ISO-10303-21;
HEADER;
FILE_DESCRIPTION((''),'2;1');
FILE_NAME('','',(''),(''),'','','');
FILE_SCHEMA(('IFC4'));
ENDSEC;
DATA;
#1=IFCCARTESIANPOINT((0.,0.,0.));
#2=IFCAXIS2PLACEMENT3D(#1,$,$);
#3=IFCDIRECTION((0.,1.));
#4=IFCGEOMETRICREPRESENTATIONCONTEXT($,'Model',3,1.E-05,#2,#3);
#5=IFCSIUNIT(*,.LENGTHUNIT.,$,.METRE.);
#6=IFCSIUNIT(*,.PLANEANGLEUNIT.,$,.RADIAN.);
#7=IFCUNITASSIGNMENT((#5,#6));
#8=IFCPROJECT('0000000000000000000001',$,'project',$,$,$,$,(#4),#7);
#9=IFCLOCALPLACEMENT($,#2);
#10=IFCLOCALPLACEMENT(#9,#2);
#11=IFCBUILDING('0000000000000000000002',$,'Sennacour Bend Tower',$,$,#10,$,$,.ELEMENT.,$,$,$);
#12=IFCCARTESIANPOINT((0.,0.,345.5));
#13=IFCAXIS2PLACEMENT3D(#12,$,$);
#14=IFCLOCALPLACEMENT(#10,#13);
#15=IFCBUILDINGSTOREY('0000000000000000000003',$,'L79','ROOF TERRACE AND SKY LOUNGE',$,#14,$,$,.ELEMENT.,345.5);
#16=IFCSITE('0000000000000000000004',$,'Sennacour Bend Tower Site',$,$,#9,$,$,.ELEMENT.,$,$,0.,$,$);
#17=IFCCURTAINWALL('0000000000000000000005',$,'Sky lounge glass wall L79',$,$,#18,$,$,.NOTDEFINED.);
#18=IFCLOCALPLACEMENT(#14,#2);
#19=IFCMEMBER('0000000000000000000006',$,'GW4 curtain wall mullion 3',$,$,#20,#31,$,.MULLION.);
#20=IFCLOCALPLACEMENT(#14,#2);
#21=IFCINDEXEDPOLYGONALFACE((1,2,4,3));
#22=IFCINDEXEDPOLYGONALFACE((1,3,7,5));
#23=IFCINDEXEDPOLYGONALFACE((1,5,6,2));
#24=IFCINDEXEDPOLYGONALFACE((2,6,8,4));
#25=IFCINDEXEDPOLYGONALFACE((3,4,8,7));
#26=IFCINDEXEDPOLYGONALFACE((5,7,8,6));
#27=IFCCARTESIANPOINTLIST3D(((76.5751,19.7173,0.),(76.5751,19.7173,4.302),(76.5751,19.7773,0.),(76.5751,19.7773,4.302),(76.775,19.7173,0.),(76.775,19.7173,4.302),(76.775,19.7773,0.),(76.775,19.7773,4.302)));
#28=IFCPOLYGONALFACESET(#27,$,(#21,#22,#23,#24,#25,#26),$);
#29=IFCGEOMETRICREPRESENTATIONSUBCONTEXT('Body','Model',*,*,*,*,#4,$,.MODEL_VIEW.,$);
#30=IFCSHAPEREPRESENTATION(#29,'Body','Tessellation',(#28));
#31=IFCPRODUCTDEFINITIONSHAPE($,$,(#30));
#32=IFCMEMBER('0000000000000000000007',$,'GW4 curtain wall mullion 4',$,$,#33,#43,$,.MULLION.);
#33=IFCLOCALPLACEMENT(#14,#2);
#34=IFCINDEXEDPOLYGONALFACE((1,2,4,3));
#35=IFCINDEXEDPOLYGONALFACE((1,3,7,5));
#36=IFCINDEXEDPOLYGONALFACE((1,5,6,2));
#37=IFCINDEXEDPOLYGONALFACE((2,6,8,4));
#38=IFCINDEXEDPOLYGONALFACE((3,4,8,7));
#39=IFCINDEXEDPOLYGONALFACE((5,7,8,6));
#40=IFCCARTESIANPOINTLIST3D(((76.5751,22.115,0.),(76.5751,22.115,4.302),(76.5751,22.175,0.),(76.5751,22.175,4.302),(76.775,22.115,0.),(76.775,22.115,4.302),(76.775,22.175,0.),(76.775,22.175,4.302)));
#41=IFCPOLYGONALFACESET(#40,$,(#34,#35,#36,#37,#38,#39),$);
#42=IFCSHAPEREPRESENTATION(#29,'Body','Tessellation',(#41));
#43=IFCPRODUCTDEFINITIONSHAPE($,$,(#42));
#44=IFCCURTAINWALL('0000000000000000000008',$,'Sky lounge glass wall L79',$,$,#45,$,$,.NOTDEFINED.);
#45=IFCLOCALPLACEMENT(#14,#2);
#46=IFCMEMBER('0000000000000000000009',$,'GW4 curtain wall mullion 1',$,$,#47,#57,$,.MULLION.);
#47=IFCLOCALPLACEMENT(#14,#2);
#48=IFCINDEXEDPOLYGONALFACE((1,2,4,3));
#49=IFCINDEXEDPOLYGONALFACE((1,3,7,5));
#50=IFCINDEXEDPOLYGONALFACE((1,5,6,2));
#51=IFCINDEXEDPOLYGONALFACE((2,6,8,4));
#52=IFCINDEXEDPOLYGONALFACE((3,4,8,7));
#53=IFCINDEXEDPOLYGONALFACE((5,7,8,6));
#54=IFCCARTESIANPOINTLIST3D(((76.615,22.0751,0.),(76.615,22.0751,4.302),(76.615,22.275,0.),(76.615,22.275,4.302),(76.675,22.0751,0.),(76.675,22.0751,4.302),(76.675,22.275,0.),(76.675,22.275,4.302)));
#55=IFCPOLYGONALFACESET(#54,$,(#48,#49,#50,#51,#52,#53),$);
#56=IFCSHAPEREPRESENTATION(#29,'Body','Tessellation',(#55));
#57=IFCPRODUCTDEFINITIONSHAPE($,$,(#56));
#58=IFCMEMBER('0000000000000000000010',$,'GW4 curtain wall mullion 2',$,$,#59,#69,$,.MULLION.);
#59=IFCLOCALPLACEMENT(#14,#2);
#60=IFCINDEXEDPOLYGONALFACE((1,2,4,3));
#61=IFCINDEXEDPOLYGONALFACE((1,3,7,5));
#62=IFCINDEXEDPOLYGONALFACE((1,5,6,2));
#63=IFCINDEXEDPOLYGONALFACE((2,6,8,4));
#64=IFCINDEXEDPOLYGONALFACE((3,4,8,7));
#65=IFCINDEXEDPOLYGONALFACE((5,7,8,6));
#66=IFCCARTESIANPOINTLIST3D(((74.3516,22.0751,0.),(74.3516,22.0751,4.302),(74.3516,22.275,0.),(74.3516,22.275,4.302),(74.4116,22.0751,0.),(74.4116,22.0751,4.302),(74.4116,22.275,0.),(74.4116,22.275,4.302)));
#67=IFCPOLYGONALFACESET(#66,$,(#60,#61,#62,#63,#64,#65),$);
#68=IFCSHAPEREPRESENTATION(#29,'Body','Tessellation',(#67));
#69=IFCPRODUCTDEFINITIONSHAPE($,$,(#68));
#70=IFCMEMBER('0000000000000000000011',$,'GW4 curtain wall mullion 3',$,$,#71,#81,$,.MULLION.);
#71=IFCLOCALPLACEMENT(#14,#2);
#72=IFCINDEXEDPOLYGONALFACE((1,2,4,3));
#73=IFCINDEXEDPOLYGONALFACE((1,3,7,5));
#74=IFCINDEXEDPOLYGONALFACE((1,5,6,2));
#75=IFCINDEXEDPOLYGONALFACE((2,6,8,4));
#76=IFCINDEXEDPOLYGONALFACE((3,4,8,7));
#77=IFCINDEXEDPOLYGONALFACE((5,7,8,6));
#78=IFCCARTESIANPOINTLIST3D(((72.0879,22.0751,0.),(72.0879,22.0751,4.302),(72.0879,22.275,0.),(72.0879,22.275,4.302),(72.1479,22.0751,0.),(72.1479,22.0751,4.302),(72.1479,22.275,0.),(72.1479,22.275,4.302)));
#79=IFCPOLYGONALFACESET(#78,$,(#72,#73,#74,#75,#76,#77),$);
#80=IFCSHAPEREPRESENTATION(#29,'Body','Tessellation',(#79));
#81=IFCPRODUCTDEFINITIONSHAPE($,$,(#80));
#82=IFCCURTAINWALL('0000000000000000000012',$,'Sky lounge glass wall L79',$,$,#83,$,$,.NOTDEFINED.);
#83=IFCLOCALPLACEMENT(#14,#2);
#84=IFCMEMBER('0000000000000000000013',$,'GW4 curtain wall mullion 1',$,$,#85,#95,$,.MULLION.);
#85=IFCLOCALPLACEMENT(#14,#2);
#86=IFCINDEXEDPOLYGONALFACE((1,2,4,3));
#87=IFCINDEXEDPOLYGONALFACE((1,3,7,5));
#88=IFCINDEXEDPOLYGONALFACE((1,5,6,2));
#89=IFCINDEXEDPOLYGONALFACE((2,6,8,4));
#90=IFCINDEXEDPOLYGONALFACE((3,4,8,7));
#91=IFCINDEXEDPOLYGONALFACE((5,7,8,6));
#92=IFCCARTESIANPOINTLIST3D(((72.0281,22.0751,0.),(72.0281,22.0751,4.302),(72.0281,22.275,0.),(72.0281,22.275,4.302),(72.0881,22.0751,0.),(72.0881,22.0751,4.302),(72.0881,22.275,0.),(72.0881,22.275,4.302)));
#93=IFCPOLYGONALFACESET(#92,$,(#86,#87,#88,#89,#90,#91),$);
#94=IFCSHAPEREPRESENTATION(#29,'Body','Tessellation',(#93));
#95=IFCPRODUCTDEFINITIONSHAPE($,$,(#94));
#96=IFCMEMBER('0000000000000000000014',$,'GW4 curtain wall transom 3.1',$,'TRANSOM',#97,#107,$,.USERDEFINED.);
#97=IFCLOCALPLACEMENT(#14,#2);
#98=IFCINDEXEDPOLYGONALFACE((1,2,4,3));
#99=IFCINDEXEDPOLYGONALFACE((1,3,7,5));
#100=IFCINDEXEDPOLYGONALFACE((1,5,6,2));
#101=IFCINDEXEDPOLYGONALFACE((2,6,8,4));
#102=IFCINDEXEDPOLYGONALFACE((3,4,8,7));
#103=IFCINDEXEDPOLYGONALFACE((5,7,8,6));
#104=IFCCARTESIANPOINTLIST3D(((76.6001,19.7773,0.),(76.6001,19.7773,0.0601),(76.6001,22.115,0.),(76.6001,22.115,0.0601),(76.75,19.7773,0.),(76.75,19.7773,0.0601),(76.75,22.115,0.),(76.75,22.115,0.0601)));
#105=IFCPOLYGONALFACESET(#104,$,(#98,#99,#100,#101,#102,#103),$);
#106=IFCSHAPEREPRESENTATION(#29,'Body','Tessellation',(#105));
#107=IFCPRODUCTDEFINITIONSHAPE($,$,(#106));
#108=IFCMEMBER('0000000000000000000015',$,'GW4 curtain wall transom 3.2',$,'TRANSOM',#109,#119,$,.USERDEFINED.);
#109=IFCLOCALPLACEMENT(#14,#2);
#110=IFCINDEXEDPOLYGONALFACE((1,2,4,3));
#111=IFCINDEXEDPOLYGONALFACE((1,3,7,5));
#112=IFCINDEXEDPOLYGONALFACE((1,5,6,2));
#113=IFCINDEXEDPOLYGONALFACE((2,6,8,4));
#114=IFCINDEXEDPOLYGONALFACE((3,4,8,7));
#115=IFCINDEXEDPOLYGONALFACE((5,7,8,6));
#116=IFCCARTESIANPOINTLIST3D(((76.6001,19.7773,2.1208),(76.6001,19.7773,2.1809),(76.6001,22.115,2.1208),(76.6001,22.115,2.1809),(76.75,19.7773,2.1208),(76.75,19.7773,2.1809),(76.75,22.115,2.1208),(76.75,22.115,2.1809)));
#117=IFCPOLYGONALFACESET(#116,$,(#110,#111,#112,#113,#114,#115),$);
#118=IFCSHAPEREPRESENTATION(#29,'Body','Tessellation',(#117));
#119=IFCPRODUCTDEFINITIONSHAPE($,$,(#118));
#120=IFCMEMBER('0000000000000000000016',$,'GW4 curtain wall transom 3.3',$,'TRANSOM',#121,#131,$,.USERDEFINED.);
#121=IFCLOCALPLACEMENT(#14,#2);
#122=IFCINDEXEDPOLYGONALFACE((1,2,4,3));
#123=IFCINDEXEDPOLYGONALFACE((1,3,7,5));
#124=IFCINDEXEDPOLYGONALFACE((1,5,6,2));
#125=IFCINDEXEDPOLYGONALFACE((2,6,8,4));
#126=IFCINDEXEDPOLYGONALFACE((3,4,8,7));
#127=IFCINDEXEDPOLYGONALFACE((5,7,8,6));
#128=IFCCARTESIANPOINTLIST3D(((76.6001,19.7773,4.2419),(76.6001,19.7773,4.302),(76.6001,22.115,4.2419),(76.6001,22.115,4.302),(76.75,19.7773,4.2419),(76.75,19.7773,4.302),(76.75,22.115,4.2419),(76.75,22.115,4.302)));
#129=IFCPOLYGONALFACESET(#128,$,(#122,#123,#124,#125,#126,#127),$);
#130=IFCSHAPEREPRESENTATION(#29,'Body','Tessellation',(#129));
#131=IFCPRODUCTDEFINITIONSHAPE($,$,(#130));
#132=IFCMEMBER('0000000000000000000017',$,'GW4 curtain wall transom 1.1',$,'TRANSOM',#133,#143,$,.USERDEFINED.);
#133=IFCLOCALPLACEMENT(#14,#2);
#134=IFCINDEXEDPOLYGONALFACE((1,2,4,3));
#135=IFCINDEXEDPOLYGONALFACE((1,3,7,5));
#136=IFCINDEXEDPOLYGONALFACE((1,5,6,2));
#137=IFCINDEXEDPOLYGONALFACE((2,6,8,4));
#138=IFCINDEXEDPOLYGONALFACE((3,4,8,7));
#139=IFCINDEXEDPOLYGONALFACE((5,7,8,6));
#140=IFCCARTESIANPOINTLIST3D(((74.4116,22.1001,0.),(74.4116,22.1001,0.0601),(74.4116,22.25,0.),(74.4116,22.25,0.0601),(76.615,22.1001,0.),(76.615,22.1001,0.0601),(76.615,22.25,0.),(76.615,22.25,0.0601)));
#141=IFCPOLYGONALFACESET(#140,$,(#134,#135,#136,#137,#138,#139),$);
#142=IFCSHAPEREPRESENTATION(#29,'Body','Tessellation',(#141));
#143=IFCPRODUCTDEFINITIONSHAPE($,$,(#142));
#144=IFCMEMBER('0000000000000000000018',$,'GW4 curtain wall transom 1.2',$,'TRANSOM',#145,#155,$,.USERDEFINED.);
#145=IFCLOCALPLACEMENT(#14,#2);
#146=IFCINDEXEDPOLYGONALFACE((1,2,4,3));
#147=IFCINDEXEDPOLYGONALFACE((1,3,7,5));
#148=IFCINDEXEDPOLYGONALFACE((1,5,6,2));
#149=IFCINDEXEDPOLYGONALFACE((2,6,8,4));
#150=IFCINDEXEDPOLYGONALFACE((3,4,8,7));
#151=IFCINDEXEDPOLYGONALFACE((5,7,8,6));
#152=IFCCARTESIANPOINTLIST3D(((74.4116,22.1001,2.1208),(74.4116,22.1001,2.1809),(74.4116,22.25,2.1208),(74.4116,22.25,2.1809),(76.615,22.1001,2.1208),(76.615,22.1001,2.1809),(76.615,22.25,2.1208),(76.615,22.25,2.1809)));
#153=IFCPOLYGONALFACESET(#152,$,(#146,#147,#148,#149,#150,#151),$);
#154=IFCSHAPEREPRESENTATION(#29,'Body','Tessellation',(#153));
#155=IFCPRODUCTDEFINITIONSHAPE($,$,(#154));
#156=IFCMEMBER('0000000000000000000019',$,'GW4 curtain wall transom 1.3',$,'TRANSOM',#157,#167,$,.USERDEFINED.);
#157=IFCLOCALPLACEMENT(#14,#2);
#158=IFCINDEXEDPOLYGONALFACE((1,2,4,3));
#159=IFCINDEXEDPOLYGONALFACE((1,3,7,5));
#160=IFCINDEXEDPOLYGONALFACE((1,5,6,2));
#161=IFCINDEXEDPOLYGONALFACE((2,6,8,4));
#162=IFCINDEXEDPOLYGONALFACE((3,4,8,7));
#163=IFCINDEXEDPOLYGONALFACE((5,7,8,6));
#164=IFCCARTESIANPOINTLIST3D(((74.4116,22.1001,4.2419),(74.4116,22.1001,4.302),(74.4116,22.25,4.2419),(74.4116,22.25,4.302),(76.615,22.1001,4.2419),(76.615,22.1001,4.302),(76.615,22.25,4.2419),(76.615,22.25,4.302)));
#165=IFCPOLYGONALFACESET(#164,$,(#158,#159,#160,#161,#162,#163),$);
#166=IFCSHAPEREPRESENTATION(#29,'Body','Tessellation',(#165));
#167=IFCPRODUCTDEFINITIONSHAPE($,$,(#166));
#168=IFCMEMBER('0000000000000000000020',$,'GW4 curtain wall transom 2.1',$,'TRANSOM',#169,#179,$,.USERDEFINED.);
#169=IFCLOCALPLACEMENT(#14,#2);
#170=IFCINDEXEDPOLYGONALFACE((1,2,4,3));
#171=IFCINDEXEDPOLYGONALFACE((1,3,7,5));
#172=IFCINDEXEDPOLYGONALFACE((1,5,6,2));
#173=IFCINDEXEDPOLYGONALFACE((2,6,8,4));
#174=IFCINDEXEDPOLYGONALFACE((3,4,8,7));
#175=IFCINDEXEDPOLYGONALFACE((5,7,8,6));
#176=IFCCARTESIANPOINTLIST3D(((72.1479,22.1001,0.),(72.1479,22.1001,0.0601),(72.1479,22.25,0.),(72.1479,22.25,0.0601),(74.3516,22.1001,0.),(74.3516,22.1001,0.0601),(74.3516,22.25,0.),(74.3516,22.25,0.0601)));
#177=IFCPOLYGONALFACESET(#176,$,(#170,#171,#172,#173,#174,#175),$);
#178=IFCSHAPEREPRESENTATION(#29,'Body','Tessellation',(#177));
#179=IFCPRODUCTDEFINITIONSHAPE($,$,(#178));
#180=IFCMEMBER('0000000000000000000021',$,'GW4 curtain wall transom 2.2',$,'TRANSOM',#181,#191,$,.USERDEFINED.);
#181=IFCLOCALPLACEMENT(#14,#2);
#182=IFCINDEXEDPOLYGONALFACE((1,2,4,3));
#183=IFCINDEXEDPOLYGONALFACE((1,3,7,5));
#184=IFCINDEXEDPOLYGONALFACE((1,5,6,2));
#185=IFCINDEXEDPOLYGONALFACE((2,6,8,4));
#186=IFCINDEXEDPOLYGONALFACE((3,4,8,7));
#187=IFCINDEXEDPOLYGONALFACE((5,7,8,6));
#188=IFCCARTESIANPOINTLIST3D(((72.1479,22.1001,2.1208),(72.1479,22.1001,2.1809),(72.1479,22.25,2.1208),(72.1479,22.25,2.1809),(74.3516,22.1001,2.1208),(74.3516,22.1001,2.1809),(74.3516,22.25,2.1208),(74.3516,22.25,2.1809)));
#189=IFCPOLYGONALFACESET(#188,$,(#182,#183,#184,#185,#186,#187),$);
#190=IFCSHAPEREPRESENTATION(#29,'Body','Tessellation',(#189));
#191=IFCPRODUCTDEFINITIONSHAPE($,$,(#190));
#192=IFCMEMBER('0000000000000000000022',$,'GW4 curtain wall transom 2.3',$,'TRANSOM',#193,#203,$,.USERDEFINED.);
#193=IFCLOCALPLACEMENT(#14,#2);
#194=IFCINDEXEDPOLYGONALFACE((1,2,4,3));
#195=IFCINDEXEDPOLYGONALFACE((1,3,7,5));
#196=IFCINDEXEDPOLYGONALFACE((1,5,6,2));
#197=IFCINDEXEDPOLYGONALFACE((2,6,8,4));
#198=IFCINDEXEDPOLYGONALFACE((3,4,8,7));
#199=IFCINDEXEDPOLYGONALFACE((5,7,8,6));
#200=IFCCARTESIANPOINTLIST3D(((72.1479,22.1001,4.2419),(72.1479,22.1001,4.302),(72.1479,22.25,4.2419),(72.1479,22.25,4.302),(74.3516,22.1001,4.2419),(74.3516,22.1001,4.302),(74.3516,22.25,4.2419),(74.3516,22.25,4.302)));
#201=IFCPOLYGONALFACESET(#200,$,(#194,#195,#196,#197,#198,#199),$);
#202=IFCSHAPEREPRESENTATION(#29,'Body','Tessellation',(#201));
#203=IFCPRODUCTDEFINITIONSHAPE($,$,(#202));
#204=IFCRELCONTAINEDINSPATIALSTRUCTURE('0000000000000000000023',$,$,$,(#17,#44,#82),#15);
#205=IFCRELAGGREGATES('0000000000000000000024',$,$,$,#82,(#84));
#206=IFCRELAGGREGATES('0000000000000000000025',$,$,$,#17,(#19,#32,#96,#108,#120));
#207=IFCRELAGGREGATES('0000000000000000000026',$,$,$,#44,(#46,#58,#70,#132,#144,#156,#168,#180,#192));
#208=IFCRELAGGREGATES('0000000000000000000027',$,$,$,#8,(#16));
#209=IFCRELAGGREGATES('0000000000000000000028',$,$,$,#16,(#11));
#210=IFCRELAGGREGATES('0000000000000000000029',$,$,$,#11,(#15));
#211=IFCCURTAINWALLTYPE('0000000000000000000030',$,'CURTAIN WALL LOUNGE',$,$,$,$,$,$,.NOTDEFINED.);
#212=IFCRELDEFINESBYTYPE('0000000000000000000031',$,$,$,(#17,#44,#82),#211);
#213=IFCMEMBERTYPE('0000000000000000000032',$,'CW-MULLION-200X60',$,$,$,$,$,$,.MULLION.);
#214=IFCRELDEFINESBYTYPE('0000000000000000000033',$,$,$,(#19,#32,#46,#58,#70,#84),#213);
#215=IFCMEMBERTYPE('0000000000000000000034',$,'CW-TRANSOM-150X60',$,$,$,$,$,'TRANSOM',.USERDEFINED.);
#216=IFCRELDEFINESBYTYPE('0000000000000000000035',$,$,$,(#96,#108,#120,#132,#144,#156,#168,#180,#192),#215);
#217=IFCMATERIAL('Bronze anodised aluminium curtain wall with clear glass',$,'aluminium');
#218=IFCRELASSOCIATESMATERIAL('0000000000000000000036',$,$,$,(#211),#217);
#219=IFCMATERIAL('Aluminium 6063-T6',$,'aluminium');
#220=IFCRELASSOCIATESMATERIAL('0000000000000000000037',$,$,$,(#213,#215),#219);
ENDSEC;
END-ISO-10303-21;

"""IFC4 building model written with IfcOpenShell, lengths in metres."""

from ifc_helpers import new_model, si_unit, direction, frame, origin, origin_2d, place, context, subcontext, project, spatial, rectangle, extrude, material, material_profile, profile_set, type_object, element, aggregate, save


model = new_model("IFC4")

# Units and contexts
model_context = context("Model", 3, precision=1e-05, world=origin(), true_north=direction((0.0, 1.0)))
body_context = subcontext(model_context, "Body", "Model", "MODEL_VIEW")
ifc_project = project(units=[si_unit("LENGTHUNIT", "METRE"), si_unit("PLANEANGLEUNIT", "RADIAN")], contexts=[model_context])

# Site, building, storey
site_placement = place(None, origin())
site = spatial("IfcSite", under=ifc_project, at=site_placement, Name="Sennacour Bend Tower Site", CompositionType="ELEMENT", RefElevation=0.0)
building_placement = place(site_placement, origin())
building = spatial("IfcBuilding", under=site, at=building_placement, Name="Sennacour Bend Tower", CompositionType="ELEMENT")
storey_placement = place(building_placement, frame((0.0, 0.0, 345.5)))
storey = spatial("IfcBuildingStorey", under=building, at=storey_placement, Name="L79", Description="ROOF TERRACE AND SKY LOUNGE", CompositionType="ELEMENT", Elevation=345.5)

# Curtain walls, members
ifc_material_1 = material(Name="Bronze anodised aluminium curtain wall with clear glass", Category="aluminium")
curtain_wall_type = type_object("IfcCurtainWallType", Name="CURTAIN WALL LOUNGE", PredefinedType="NOTDEFINED", material=ifc_material_1)
curtain_wall_1_placement = place(storey_placement, origin())
curtain_wall_1 = element("IfcCurtainWall", 1, at=curtain_wall_1_placement, inside=storey, type_object=curtain_wall_type, Name="Sky lounge glass wall L79", PredefinedType="NOTDEFINED")
ifc_material_2 = material(Name="Aluminium 6063-T6", Category="aluminium")
ifc_material_profile_1 = material_profile(ifc_material_2, rectangle(XDim=0.2, YDim=0.0601, at=origin_2d()), Name="Aluminium 6063-T6", Category="aluminium")
ifc_profile_set_1 = profile_set([ifc_material_profile_1], Name="Aluminium 6063-T6")
member_type_1 = type_object("IfcMemberType", Name="CW-MULLION-200X60", PredefinedType="MULLION", material=ifc_profile_set_1)
member_1_placement = place(storey_placement, frame((76.675, 19.7473, 0.0), z_axis=(0.0, 0.0, 1.0), x_axis=(-1.0, 0.0, 0.0)))
member_1 = element("IfcMember", 2, at=member_1_placement, type_object=member_type_1, Name="GW4 curtain wall mullion 3", PredefinedType="MULLION", context=body_context, shape_type="SweptSolid", body=[
    extrude(rectangle(XDim=0.2, YDim=0.0601, at=origin_2d()), origin(), (0.0, 0.0, 1.0), 4.302),
])
member_2_placement = place(storey_placement, frame((76.675, 22.145, 0.0), z_axis=(0.0, 0.0, 1.0), x_axis=(-1.0, 0.0, 0.0)))
member_2 = element("IfcMember", 3, at=member_2_placement, type_object=member_type_1, Name="GW4 curtain wall mullion 4", PredefinedType="MULLION", context=body_context, shape_type="SweptSolid", body=[
    extrude(rectangle(XDim=0.2, YDim=0.0601, at=origin_2d()), origin(), (0.0, 0.0, 1.0), 4.302),
])
curtain_wall_2_placement = place(storey_placement, origin())
curtain_wall_2 = element("IfcCurtainWall", 4, at=curtain_wall_2_placement, inside=storey, type_object=curtain_wall_type, Name="Sky lounge glass wall L79", PredefinedType="NOTDEFINED")
member_3_placement = place(storey_placement, frame((76.645, 22.175, 0.0), z_axis=(0.0, 0.0, 1.0), x_axis=(0.0, -1.0, 0.0)))
member_3 = element("IfcMember", 5, at=member_3_placement, type_object=member_type_1, Name="GW4 curtain wall mullion 1", PredefinedType="MULLION", context=body_context, shape_type="SweptSolid", body=[
    extrude(rectangle(XDim=0.2, YDim=0.0601, at=origin_2d()), origin(), (0.0, 0.0, 1.0), 4.302),
])
member_4_placement = place(storey_placement, frame((74.3816, 22.175, 0.0), z_axis=(0.0, 0.0, 1.0), x_axis=(0.0, -1.0, 0.0)))
member_4 = element("IfcMember", 6, at=member_4_placement, type_object=member_type_1, Name="GW4 curtain wall mullion 2", PredefinedType="MULLION", context=body_context, shape_type="SweptSolid", body=[
    extrude(rectangle(XDim=0.2, YDim=0.0601, at=origin_2d()), origin(), (0.0, 0.0, 1.0), 4.302),
])
member_5_placement = place(storey_placement, frame((72.1179, 22.175, 0.0), z_axis=(0.0, 0.0, 1.0), x_axis=(0.0, -1.0, 0.0)))
member_5 = element("IfcMember", 7, at=member_5_placement, type_object=member_type_1, Name="GW4 curtain wall mullion 3", PredefinedType="MULLION", context=body_context, shape_type="SweptSolid", body=[
    extrude(rectangle(XDim=0.2, YDim=0.0601, at=origin_2d()), origin(), (0.0, 0.0, 1.0), 4.302),
])

# Curtain wall, member
curtain_wall_3_placement = place(storey_placement, origin())
curtain_wall_3 = element("IfcCurtainWall", 8, at=curtain_wall_3_placement, inside=storey, type_object=curtain_wall_type, Name="Sky lounge glass wall L79", PredefinedType="NOTDEFINED")
member_6_placement = place(storey_placement, frame((72.0581, 22.175, 0.0), z_axis=(0.0, 0.0, 1.0), x_axis=(0.0, -1.0, 0.0)))
member_6 = element("IfcMember", 9, at=member_6_placement, type_object=member_type_1, Name="GW4 curtain wall mullion 1", PredefinedType="MULLION", context=body_context, shape_type="SweptSolid", body=[
    extrude(rectangle(XDim=0.2, YDim=0.0601, at=origin_2d()), origin(), (0.0, 0.0, 1.0), 4.302),
])

# Members
ifc_material_profile_2 = material_profile(ifc_material_2, rectangle(XDim=0.1499, YDim=0.0601, at=origin_2d()), Name="Aluminium 6063-T6", Category="aluminium")
ifc_profile_set_2 = profile_set([ifc_material_profile_2], Name="Aluminium 6063-T6")
member_type_2 = type_object("IfcMemberType", Name="CW-TRANSOM-150X60", ElementType="TRANSOM", PredefinedType="USERDEFINED", material=ifc_profile_set_2)
member_7_placement = place(storey_placement, frame((76.675, 19.7773, 0.03), z_axis=(0.0, 1.0, 0.0), x_axis=(-1.0, 0.0, 0.0)))
member_7 = element("IfcMember", 10, at=member_7_placement, type_object=member_type_2, Name="GW4 curtain wall transom 3.1", ObjectType="TRANSOM", PredefinedType="USERDEFINED", context=body_context, shape_type="SweptSolid", body=[
    extrude(rectangle(XDim=0.1499, YDim=0.0601, at=origin_2d()), origin(), (0.0, 0.0, 1.0), 2.3376),
])
member_8_placement = place(storey_placement, frame((76.675, 19.7773, 2.1509), z_axis=(0.0, 1.0, 0.0), x_axis=(-1.0, 0.0, 0.0)))
member_8 = element("IfcMember", 11, at=member_8_placement, type_object=member_type_2, Name="GW4 curtain wall transom 3.2", ObjectType="TRANSOM", PredefinedType="USERDEFINED", context=body_context, shape_type="SweptSolid", body=[
    extrude(rectangle(XDim=0.1499, YDim=0.0601, at=origin_2d()), origin(), (0.0, 0.0, 1.0), 2.3376),
])
member_9_placement = place(storey_placement, frame((76.675, 19.7773, 4.272), z_axis=(0.0, 1.0, 0.0), x_axis=(-1.0, 0.0, 0.0)))
member_9 = element("IfcMember", 12, at=member_9_placement, type_object=member_type_2, Name="GW4 curtain wall transom 3.3", ObjectType="TRANSOM", PredefinedType="USERDEFINED", context=body_context, shape_type="SweptSolid", body=[
    extrude(rectangle(XDim=0.1499, YDim=0.0601, at=origin_2d()), origin(), (0.0, 0.0, 1.0), 2.3376),
])
member_10_placement = place(storey_placement, frame((76.615, 22.175, 0.03), z_axis=(-1.0, 0.0, 0.0), x_axis=(0.0, -1.0, 0.0)))
member_10 = element("IfcMember", 13, at=member_10_placement, type_object=member_type_2, Name="GW4 curtain wall transom 1.1", ObjectType="TRANSOM", PredefinedType="USERDEFINED", context=body_context, shape_type="SweptSolid", body=[
    extrude(rectangle(XDim=0.1499, YDim=0.0601, at=origin_2d()), origin(), (0.0, 0.0, 1.0), 2.2034),
])
member_11_placement = place(storey_placement, frame((76.615, 22.175, 2.1509), z_axis=(-1.0, 0.0, 0.0), x_axis=(0.0, -1.0, 0.0)))
member_11 = element("IfcMember", 14, at=member_11_placement, type_object=member_type_2, Name="GW4 curtain wall transom 1.2", ObjectType="TRANSOM", PredefinedType="USERDEFINED", context=body_context, shape_type="SweptSolid", body=[
    extrude(rectangle(XDim=0.1499, YDim=0.0601, at=origin_2d()), origin(), (0.0, 0.0, 1.0), 2.2034),
])
member_12_placement = place(storey_placement, frame((76.615, 22.175, 4.272), z_axis=(-1.0, 0.0, 0.0), x_axis=(0.0, -1.0, 0.0)))
member_12 = element("IfcMember", 15, at=member_12_placement, type_object=member_type_2, Name="GW4 curtain wall transom 1.3", ObjectType="TRANSOM", PredefinedType="USERDEFINED", context=body_context, shape_type="SweptSolid", body=[
    extrude(rectangle(XDim=0.1499, YDim=0.0601, at=origin_2d()), origin(), (0.0, 0.0, 1.0), 2.2034),
])
member_13_placement = place(storey_placement, frame((74.3516, 22.175, 0.03), z_axis=(-1.0, 0.0, 0.0), x_axis=(0.0, -1.0, 0.0)))
member_13 = element("IfcMember", 16, at=member_13_placement, type_object=member_type_2, Name="GW4 curtain wall transom 2.1", ObjectType="TRANSOM", PredefinedType="USERDEFINED", context=body_context, shape_type="SweptSolid", body=[
    extrude(rectangle(XDim=0.1499, YDim=0.0601, at=origin_2d()), origin(), (0.0, 0.0, 1.0), 2.2036),
])
member_14_placement = place(storey_placement, frame((74.3516, 22.175, 2.1509), z_axis=(-1.0, 0.0, 0.0), x_axis=(0.0, -1.0, 0.0)))
member_14 = element("IfcMember", 17, at=member_14_placement, type_object=member_type_2, Name="GW4 curtain wall transom 2.2", ObjectType="TRANSOM", PredefinedType="USERDEFINED", context=body_context, shape_type="SweptSolid", body=[
    extrude(rectangle(XDim=0.1499, YDim=0.0601, at=origin_2d()), origin(), (0.0, 0.0, 1.0), 2.2036),
])
member_15_placement = place(storey_placement, frame((74.3516, 22.175, 4.272), z_axis=(-1.0, 0.0, 0.0), x_axis=(0.0, -1.0, 0.0)))
member_15 = element("IfcMember", 18, at=member_15_placement, type_object=member_type_2, Name="GW4 curtain wall transom 2.3", ObjectType="TRANSOM", PredefinedType="USERDEFINED", context=body_context, shape_type="SweptSolid", body=[
    extrude(rectangle(XDim=0.1499, YDim=0.0601, at=origin_2d()), origin(), (0.0, 0.0, 1.0), 2.2036),
])
aggregate(curtain_wall_3, [member_6])

aggregate(curtain_wall_1, [member_1, member_2, member_7, member_8, member_9])
aggregate(curtain_wall_2, [member_3, member_4, member_5, member_10, member_11, member_12, member_13, member_14, member_15])

save(model, "model.ifc")
